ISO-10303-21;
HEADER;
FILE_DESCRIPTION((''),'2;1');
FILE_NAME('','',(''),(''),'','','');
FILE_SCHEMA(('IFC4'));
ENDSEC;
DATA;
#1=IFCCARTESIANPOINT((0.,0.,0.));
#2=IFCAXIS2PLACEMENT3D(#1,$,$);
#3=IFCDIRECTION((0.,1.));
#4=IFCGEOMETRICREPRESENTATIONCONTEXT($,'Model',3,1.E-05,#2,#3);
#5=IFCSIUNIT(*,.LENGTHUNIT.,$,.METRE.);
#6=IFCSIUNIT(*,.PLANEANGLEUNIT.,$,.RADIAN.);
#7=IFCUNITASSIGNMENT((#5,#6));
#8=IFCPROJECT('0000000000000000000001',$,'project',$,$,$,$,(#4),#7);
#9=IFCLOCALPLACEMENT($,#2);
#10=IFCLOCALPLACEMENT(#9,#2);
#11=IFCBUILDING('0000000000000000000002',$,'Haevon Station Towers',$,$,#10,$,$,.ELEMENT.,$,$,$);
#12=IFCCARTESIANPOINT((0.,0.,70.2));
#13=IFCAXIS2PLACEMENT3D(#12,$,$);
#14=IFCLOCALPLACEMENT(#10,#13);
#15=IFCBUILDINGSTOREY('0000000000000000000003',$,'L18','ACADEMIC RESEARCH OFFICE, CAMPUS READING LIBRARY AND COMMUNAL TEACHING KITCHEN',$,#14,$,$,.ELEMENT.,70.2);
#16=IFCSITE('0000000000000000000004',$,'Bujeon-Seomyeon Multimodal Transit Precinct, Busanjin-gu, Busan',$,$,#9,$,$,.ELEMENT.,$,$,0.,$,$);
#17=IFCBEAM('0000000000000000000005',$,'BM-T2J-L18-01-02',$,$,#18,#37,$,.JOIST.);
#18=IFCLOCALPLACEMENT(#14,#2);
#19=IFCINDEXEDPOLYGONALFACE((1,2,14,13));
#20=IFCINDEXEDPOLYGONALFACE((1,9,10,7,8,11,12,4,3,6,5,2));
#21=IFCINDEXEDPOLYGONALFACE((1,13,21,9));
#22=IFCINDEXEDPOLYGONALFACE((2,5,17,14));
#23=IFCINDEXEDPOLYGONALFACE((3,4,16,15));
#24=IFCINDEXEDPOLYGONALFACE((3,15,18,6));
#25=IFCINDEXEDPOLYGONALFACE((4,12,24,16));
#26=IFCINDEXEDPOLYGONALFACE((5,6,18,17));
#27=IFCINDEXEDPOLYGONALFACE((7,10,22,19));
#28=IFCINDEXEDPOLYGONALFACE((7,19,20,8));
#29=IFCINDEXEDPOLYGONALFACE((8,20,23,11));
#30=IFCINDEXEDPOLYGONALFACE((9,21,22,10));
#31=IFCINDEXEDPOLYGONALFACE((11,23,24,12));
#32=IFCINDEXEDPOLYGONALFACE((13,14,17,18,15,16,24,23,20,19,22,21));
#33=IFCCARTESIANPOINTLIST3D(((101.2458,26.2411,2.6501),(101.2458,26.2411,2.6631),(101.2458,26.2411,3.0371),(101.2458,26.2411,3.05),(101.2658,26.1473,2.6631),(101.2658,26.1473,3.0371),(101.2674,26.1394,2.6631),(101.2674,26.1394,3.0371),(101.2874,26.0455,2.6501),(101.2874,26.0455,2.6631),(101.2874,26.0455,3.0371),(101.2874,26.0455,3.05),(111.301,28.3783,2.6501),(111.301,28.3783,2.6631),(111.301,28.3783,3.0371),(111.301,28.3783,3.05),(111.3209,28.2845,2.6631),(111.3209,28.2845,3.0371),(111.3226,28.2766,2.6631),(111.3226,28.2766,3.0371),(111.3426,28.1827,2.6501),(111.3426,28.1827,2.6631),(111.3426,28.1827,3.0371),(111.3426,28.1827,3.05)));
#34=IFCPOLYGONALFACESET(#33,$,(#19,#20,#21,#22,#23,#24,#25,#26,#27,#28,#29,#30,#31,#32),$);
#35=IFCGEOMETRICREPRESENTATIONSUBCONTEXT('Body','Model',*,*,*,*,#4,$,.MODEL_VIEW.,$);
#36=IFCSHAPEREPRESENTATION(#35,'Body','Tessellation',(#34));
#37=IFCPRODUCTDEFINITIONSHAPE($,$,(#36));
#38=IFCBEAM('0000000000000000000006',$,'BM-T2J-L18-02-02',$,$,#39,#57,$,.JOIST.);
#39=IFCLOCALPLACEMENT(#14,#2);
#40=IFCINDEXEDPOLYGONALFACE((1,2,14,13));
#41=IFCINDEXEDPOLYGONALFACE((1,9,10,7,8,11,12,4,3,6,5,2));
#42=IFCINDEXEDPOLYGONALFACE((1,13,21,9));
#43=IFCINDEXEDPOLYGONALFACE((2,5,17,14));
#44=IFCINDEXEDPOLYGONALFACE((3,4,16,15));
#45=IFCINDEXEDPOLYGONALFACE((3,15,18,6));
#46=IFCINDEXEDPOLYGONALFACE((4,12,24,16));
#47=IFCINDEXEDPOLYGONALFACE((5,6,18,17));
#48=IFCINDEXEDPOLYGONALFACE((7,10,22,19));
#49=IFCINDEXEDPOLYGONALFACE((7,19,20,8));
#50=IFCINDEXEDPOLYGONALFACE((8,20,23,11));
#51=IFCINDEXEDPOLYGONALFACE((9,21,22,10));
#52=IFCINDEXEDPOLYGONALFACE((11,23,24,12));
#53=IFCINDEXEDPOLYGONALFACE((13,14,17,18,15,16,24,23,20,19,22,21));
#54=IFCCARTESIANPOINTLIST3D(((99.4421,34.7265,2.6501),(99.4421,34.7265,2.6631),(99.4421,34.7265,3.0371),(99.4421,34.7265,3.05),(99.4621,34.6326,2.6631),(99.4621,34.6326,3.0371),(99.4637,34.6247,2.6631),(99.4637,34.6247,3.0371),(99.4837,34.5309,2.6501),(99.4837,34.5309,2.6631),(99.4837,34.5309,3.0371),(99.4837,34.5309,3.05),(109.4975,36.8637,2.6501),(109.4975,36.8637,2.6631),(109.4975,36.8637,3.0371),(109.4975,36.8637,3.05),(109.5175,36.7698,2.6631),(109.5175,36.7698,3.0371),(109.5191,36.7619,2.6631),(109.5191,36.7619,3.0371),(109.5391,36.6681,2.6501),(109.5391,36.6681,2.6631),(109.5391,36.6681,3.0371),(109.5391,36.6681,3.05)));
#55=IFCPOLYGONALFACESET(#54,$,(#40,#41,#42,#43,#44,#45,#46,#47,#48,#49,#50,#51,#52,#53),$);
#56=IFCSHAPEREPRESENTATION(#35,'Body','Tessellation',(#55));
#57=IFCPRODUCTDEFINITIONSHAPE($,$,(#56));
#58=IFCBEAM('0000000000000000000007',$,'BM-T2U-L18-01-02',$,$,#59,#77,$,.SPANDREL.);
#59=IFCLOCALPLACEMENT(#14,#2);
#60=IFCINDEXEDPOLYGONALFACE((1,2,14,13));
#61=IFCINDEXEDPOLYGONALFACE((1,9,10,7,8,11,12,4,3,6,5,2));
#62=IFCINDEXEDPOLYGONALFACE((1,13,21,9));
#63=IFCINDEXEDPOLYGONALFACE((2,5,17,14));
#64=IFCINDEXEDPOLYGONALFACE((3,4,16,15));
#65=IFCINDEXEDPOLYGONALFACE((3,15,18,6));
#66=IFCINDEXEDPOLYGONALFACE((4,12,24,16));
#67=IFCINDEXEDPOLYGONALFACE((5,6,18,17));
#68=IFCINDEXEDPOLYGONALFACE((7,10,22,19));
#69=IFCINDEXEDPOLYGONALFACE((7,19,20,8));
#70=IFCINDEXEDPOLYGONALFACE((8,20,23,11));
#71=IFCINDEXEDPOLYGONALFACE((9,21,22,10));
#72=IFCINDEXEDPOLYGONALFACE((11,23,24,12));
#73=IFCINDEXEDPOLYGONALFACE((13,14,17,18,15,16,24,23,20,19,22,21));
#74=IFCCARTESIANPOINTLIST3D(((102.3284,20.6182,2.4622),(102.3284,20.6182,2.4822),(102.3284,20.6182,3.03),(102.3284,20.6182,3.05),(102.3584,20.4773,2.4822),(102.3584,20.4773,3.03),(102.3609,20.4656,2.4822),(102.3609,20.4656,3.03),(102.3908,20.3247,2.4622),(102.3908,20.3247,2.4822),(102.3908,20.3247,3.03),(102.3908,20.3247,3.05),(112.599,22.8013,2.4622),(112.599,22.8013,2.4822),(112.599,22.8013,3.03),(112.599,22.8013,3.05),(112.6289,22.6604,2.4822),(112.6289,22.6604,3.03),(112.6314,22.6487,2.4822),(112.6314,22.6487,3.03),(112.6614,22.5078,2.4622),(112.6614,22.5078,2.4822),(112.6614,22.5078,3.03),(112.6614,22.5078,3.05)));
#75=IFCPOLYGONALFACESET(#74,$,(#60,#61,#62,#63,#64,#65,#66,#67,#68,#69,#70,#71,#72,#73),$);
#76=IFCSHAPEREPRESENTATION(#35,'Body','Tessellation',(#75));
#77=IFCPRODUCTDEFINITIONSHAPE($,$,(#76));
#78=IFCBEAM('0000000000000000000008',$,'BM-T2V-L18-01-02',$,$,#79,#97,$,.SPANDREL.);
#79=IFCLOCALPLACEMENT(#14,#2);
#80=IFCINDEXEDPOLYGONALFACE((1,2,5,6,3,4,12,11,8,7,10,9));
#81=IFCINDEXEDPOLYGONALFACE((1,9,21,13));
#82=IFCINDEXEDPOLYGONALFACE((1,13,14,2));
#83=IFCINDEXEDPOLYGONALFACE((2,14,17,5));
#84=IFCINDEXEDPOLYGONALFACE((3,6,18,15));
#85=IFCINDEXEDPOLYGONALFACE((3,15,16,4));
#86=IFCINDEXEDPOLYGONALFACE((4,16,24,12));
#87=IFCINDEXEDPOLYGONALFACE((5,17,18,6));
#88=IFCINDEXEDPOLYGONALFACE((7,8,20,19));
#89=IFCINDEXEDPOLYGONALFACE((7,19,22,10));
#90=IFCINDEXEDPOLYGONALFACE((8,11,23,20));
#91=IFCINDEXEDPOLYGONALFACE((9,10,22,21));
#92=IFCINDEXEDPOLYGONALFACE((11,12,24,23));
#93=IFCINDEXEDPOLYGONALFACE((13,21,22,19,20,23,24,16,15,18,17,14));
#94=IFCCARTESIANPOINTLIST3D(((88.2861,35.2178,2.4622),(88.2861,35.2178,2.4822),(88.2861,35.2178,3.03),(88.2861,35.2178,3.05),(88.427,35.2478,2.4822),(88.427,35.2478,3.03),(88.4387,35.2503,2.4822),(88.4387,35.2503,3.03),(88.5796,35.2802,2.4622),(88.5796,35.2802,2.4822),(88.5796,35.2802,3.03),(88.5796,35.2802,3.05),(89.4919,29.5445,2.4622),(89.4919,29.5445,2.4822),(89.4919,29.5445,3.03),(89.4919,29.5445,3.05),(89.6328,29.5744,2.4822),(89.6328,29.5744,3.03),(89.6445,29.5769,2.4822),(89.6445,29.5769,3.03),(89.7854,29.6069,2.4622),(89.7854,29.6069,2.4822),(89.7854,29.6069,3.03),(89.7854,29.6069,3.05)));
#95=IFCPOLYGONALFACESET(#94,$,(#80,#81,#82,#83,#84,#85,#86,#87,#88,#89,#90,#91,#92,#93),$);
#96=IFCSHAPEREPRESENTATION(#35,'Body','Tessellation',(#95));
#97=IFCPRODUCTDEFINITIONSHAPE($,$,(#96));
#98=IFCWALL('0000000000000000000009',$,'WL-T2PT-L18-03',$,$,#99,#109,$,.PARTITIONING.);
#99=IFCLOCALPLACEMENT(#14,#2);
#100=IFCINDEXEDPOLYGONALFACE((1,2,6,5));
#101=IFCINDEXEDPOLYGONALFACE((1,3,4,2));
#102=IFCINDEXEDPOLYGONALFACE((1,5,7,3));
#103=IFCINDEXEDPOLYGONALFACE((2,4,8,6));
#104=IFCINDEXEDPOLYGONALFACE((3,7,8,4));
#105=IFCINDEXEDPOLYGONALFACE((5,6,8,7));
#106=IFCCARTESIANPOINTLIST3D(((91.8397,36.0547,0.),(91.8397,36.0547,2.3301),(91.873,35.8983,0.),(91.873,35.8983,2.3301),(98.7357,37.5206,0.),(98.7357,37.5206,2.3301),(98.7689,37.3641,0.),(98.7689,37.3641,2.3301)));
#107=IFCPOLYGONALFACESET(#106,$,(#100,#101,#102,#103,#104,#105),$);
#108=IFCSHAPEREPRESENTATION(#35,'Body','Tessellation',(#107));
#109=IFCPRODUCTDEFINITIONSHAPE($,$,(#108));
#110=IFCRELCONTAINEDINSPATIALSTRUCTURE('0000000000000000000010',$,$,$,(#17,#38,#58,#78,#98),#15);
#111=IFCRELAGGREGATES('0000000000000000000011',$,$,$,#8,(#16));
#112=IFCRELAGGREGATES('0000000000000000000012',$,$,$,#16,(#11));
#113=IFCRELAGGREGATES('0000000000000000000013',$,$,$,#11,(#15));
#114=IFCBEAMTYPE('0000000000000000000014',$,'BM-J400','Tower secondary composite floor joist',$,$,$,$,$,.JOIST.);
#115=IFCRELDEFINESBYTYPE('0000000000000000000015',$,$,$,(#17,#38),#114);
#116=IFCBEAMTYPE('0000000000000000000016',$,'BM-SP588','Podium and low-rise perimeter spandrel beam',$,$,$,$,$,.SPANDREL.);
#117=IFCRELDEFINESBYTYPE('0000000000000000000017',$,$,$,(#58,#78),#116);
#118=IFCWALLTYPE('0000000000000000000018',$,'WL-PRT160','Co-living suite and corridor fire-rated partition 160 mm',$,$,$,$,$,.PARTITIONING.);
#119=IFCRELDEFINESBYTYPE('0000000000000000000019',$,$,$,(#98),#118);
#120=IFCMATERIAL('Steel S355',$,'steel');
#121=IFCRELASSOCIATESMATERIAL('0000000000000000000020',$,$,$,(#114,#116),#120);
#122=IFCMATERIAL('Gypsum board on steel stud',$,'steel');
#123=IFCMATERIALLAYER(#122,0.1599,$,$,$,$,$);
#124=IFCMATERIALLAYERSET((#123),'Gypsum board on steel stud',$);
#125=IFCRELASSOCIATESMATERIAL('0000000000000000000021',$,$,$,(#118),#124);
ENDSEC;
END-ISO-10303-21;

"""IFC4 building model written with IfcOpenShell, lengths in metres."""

from ifc_helpers import new_model, si_unit, direction, frame, frame_2d, origin, origin_2d, place, context, subcontext, project, spatial, rectangle, i_section, extrude, material, layer, layer_set, material_profile, profile_set, type_object, element, save


model = new_model("IFC4")

# Units and contexts
model_context = context("Model", 3, precision=1e-05, world=origin(), true_north=direction((0.0, 1.0)))
body_context = subcontext(model_context, "Body", "Model", "MODEL_VIEW")
ifc_project = project(units=[si_unit("LENGTHUNIT", "METRE"), si_unit("PLANEANGLEUNIT", "RADIAN")], contexts=[model_context])

# Site, building, storey
site_placement = place(None, origin())
site = spatial("IfcSite", under=ifc_project, at=site_placement, Name="Bujeon-Seomyeon Multimodal Transit Precinct, Busanjin-gu, Busan", CompositionType="ELEMENT", RefElevation=0.0)
building_placement = place(site_placement, origin())
building = spatial("IfcBuilding", under=site, at=building_placement, Name="Haevon Station Towers", CompositionType="ELEMENT")
storey_placement = place(building_placement, frame((0.0, 0.0, 70.2)))
storey = spatial("IfcBuildingStorey", under=building, at=storey_placement, Name="L18", Description="ACADEMIC RESEARCH OFFICE, CAMPUS READING LIBRARY AND COMMUNAL TEACHING KITCHEN", CompositionType="ELEMENT", Elevation=70.2)

# Beams
ifc_material_1 = material(Name="Steel S355", Category="steel")
ifc_material_profile_1 = material_profile(ifc_material_1, i_section(OverallWidth=0.2, OverallDepth=0.3999, WebThickness=0.0081, FlangeThickness=0.0129, at=origin_2d()), Name="H-400x200x8x13")
ifc_profile_set_1 = profile_set([ifc_material_profile_1], Name="Steel S355")
beam_type_1 = type_object("IfcBeamType", Name="BM-J400", Description="Tower secondary composite floor joist", PredefinedType="JOIST", material=ifc_profile_set_1)
beam_1_placement = place(storey_placement, frame((101.2666, 26.1433, 2.8501), z_axis=(0.978149, 0.207904, 0.0), x_axis=(-0.207904, 0.978149, 0.0)))
element("IfcBeam", 1, at=beam_1_placement, inside=storey, type_object=beam_type_1, Name="BM-T2J-L18-01-02", PredefinedType="JOIST", context=body_context, shape_type="SweptSolid", body=[
    extrude(i_section(OverallWidth=0.2, OverallDepth=0.3999, WebThickness=0.0081, FlangeThickness=0.0129, at=origin_2d()), origin(), (0.0, 0.0, 1.0), 10.2798),
])
beam_2_placement = place(storey_placement, frame((99.4629, 34.6287, 2.8501), z_axis=(0.97815, 0.207899, 0.0), x_axis=(-0.207899, 0.97815, 0.0)))
element("IfcBeam", 2, at=beam_2_placement, inside=storey, type_object=beam_type_1, Name="BM-T2J-L18-02-02", PredefinedType="JOIST", context=body_context, shape_type="SweptSolid", body=[
    extrude(i_section(OverallWidth=0.2, OverallDepth=0.3999, WebThickness=0.0081, FlangeThickness=0.0129, at=origin_2d()), origin(), (0.0, 0.0, 1.0), 10.28),
])
ifc_material_profile_2 = material_profile(ifc_material_1, i_section(OverallWidth=0.3, OverallDepth=0.5879, WebThickness=0.012, FlangeThickness=0.02, at=origin_2d()), Name="H-588x300x12x20")
ifc_profile_set_2 = profile_set([ifc_material_profile_2], Name="Steel S355")
beam_type_2 = type_object("IfcBeamType", Name="BM-SP588", Description="Podium and low-rise perimeter spandrel beam", PredefinedType="SPANDREL", material=ifc_profile_set_2)
beam_3_placement = place(storey_placement, frame((102.3596, 20.4714, 2.7561), z_axis=(0.978147, 0.207915, 0.0), x_axis=(-0.207915, 0.978147, 0.0)))
element("IfcBeam", 3, at=beam_3_placement, inside=storey, type_object=beam_type_2, Name="BM-T2U-L18-01-02", PredefinedType="SPANDREL", context=body_context, shape_type="SweptSolid", body=[
    extrude(i_section(OverallWidth=0.3, OverallDepth=0.5879, WebThickness=0.012, FlangeThickness=0.02, at=origin_2d()), origin(), (0.0, 0.0, 1.0), 10.5),
])
beam_4_placement = place(storey_placement, frame((89.6387, 29.5757, 2.7561), z_axis=(-0.207896, 0.978151, 0.0), x_axis=(-0.978151, -0.207896, 0.0)))
element("IfcBeam", 4, at=beam_4_placement, inside=storey, type_object=beam_type_2, Name="BM-T2V-L18-01-02", PredefinedType="SPANDREL", context=body_context, shape_type="SweptSolid", body=[
    extrude(i_section(OverallWidth=0.3, OverallDepth=0.5879, WebThickness=0.012, FlangeThickness=0.02, at=origin_2d()), origin(), (0.0, 0.0, 1.0), 5.8),
])

# Wall
ifc_material_2 = material(Name="Gypsum board on steel stud", Category="steel")
ifc_layer = layer(ifc_material_2, 0.1599)
ifc_layer_set = layer_set([ifc_layer], Name="Gypsum board on steel stud")
wall_type = type_object("IfcWallType", Name="WL-PRT160", Description="Co-living suite and corridor fire-rated partition 160 mm", PredefinedType="PARTITIONING", material=ifc_layer_set)
wall_1_placement = place(storey_placement, frame((91.8564, 35.9766, 0.0), z_axis=(0.0, 0.0, 1.0), x_axis=(0.978147, 0.207916, 0.0)))
element("IfcWall", 5, at=wall_1_placement, inside=storey, type_object=wall_type, Name="WL-T2PT-L18-03", PredefinedType="PARTITIONING", context=body_context, shape_type="SweptSolid", body=[
    extrude(rectangle(XDim=7.05, YDim=0.1599, at=frame_2d((3.5249, 0.0))), origin(), (0.0, 0.0, 1.0), 2.3301),
])

save(model, "model.ifc")
